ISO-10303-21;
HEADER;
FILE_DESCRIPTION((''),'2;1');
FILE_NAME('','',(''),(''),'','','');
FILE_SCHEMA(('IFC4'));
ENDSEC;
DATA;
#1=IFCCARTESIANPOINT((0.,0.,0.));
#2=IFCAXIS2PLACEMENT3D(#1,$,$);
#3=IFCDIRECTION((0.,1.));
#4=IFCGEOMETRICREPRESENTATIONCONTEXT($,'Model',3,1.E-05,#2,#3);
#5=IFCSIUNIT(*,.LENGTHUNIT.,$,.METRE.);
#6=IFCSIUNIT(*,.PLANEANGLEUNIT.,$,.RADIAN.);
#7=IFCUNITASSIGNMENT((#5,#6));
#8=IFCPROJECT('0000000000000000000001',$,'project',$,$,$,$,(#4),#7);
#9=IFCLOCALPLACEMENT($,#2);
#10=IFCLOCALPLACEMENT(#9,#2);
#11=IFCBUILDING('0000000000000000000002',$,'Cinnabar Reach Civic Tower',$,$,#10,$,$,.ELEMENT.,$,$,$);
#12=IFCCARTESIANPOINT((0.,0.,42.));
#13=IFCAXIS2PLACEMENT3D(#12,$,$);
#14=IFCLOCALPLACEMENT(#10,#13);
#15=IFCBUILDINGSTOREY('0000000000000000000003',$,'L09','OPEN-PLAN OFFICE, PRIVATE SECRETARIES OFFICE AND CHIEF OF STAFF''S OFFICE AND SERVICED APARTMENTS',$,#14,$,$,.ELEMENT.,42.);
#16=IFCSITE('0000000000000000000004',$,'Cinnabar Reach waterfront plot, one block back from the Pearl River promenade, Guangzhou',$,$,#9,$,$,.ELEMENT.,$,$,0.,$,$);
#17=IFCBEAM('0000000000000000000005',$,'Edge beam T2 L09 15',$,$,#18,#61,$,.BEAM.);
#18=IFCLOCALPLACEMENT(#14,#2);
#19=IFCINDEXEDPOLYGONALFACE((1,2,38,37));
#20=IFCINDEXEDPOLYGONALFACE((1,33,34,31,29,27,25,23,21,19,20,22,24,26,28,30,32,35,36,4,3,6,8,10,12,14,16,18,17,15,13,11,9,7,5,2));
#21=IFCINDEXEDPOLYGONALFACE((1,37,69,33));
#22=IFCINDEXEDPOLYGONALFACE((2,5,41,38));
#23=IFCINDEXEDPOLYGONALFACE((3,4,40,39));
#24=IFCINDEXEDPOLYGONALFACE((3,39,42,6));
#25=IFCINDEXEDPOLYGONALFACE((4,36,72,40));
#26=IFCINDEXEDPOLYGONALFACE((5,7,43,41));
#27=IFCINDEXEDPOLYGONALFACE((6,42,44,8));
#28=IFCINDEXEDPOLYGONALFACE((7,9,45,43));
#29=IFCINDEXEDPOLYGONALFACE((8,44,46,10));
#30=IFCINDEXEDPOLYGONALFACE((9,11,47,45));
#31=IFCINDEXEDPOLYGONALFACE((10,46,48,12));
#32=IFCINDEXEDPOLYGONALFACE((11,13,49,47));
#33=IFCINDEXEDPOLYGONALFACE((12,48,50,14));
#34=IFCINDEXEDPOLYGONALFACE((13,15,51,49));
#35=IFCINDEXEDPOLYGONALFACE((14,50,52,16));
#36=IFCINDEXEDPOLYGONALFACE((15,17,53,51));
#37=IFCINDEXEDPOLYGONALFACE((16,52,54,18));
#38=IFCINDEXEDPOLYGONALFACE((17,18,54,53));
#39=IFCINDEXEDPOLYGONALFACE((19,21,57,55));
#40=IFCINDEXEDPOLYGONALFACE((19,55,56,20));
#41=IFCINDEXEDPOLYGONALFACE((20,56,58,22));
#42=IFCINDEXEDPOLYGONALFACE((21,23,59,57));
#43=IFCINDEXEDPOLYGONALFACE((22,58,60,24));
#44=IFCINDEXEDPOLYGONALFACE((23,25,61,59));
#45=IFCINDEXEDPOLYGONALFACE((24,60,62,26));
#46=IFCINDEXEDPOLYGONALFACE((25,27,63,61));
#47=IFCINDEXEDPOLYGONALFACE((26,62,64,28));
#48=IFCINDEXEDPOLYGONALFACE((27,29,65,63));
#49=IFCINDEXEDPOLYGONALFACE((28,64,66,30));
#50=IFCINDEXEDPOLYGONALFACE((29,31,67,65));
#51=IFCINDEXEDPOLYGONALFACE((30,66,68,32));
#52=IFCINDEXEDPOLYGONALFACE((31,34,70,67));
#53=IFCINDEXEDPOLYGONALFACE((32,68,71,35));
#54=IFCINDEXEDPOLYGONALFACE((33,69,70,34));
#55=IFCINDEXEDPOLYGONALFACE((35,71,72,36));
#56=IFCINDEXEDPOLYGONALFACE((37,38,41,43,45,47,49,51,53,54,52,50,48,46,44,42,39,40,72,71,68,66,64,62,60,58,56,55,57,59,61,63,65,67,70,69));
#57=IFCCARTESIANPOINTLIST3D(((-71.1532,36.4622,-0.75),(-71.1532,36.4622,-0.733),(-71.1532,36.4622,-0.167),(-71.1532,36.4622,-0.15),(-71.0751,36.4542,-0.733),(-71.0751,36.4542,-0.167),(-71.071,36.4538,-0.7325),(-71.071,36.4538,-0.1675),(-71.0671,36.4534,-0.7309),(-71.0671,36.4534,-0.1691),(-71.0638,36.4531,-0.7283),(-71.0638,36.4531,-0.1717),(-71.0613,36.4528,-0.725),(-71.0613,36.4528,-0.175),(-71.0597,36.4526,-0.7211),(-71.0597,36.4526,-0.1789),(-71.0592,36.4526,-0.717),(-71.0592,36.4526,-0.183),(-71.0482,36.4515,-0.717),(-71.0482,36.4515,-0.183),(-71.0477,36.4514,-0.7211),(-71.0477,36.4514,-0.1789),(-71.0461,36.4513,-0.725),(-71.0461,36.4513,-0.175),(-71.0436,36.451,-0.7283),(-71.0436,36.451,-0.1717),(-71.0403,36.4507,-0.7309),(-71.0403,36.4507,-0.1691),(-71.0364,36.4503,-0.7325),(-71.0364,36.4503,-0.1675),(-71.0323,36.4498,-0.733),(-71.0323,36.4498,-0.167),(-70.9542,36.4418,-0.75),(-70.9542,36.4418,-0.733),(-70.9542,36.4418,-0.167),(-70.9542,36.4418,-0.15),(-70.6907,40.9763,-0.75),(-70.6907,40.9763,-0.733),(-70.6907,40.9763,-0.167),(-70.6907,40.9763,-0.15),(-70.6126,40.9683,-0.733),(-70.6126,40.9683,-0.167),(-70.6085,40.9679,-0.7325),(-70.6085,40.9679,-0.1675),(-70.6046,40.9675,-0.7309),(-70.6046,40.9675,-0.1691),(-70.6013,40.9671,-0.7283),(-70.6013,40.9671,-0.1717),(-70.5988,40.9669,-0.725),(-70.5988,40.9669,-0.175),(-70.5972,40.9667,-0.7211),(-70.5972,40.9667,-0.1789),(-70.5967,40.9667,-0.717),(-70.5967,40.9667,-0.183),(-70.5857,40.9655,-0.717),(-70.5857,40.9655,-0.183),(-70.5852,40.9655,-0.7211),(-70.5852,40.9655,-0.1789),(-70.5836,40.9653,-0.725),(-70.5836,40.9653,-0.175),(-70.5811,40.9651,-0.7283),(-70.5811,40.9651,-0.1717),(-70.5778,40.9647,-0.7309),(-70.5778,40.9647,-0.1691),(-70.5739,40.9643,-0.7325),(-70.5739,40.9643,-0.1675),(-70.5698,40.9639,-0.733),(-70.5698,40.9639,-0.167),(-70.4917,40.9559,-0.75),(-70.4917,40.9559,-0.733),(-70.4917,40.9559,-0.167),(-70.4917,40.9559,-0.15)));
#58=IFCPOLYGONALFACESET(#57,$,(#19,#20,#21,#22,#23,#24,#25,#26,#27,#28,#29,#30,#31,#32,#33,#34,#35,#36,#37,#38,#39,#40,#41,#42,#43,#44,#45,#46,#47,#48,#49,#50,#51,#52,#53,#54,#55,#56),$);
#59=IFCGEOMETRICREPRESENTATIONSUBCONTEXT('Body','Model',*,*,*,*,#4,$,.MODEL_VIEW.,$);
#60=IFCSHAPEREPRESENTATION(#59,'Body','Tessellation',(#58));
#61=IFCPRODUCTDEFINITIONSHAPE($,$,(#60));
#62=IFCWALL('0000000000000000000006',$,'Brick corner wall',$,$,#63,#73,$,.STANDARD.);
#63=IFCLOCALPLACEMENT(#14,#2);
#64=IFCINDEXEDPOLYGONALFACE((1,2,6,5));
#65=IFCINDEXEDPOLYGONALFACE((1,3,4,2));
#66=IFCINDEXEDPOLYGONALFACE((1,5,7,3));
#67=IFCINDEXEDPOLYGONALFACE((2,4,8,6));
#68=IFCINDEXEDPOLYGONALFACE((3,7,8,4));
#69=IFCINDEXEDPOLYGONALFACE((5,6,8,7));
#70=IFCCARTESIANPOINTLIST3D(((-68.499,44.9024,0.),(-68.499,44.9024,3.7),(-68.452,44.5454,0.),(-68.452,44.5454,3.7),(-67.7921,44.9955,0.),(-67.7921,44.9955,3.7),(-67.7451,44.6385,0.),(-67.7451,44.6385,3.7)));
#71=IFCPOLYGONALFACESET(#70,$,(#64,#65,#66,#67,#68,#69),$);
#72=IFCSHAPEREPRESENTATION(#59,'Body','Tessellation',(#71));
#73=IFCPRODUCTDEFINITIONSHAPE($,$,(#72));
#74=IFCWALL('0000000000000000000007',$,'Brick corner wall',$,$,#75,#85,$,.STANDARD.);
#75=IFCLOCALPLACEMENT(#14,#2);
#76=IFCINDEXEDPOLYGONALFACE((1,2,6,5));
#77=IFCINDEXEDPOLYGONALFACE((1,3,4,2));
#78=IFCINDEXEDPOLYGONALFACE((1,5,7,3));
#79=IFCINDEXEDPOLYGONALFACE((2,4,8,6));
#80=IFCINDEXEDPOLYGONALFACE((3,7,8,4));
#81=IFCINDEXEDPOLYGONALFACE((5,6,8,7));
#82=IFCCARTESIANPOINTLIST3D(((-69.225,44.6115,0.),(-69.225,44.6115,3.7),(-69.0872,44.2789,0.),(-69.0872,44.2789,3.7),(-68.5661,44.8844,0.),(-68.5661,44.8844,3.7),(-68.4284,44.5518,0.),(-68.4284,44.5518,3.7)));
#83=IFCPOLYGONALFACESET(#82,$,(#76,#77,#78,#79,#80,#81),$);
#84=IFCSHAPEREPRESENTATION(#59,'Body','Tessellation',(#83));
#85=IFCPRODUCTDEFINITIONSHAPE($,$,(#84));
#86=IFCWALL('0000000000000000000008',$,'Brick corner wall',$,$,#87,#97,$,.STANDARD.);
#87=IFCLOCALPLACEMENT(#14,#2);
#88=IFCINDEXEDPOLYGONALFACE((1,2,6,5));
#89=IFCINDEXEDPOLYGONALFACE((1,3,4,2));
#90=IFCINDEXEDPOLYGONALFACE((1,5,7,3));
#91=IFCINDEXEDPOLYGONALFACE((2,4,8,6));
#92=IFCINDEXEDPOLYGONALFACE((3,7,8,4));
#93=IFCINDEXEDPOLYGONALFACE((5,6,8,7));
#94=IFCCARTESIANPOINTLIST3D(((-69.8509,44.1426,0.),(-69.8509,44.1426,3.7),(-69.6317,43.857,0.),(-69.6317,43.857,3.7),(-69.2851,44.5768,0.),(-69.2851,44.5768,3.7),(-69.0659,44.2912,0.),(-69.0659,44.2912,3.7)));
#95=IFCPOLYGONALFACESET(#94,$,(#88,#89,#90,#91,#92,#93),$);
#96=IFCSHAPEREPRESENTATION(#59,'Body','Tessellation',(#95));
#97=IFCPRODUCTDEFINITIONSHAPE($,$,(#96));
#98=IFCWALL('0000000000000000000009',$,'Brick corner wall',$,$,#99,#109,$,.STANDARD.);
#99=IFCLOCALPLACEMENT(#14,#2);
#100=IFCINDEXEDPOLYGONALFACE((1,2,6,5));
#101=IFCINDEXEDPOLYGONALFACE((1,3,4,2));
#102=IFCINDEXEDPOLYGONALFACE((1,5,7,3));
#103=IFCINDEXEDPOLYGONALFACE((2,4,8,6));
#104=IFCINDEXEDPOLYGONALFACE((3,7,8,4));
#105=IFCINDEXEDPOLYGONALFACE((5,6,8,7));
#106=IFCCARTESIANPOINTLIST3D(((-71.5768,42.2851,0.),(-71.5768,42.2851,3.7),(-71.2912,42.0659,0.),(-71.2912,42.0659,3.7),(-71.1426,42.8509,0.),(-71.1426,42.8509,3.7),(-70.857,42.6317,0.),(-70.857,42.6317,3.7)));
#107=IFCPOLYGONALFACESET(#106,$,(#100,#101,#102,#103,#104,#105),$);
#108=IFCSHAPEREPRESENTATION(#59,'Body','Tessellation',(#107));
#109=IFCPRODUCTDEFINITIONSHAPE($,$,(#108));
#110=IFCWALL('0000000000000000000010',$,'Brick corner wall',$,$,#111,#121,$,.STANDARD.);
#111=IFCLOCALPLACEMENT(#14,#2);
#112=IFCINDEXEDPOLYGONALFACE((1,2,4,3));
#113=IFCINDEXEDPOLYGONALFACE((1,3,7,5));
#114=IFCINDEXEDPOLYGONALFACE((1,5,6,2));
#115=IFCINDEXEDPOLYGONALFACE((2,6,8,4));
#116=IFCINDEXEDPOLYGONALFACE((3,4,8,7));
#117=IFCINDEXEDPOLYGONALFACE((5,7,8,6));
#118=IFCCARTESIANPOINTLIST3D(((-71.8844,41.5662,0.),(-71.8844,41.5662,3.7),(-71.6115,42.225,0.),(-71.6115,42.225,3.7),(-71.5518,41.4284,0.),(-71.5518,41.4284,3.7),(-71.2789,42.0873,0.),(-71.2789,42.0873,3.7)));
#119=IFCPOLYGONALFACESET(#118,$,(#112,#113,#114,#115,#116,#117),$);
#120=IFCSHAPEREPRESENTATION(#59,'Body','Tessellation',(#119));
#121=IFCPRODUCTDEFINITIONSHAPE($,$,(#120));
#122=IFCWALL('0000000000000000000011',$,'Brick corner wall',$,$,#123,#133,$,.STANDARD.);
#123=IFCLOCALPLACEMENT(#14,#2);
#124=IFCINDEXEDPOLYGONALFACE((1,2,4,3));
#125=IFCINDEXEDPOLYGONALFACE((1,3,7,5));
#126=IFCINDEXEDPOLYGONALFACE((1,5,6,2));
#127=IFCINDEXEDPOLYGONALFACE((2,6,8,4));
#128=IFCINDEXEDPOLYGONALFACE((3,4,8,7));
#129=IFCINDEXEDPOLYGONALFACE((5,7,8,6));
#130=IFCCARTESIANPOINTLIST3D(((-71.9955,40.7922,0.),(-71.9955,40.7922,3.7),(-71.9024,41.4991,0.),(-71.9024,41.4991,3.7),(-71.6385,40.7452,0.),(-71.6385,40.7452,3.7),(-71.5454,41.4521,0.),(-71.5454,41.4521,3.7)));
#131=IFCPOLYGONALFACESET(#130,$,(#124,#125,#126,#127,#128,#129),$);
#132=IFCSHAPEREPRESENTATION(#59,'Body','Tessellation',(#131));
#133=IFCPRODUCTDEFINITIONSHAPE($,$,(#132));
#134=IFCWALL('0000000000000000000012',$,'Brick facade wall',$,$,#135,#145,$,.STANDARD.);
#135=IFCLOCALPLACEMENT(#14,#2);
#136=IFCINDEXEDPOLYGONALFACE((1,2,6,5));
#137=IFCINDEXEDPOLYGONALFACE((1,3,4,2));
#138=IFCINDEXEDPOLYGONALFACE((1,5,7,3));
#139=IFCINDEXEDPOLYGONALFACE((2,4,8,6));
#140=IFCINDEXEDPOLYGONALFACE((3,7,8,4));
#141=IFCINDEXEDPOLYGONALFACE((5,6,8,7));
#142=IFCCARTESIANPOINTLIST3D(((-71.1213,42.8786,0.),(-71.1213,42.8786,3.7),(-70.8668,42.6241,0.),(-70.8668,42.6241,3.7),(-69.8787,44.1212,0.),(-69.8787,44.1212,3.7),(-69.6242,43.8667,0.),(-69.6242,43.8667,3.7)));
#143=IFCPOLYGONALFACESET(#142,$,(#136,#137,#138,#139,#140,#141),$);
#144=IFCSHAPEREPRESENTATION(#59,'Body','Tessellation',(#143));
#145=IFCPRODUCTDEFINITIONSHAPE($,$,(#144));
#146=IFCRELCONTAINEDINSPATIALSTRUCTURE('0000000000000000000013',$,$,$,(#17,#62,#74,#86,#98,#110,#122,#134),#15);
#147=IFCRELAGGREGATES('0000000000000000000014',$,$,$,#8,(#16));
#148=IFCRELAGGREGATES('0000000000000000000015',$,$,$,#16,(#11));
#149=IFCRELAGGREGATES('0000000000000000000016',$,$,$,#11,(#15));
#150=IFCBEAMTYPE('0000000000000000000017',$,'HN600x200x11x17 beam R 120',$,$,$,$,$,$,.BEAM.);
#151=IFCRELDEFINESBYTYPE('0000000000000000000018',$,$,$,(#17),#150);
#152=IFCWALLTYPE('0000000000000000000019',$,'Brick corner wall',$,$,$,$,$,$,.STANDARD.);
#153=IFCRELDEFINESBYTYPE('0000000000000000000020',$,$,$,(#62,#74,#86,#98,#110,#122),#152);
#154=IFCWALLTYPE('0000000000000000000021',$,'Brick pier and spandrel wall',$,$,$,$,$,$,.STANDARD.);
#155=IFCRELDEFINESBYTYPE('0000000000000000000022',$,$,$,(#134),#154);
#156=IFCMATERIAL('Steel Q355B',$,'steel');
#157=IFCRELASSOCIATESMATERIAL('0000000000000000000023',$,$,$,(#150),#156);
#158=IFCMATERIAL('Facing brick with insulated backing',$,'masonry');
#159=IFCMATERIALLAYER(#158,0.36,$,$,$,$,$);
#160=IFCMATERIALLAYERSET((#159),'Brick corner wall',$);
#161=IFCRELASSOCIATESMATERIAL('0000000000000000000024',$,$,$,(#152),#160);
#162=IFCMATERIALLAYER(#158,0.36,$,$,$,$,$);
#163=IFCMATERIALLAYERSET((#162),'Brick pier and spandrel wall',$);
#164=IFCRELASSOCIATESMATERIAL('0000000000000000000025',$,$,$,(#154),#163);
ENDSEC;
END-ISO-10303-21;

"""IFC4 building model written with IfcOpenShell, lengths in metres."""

from ifc_helpers import new_model, si_unit, direction, frame, frame_2d, origin, origin_2d, place, context, subcontext, project, spatial, rectangle, i_section, extrude, material, layer, layer_set, material_profile, profile_set, type_object, element, save


model = new_model("IFC4")

# Units and contexts
model_context = context("Model", 3, precision=1e-05, world=origin(), true_north=direction((0.0, 1.0)))
body_context = subcontext(model_context, "Body", "Model", "MODEL_VIEW")
ifc_project = project(units=[si_unit("LENGTHUNIT", "METRE"), si_unit("PLANEANGLEUNIT", "RADIAN")], contexts=[model_context])

# Site, building, storey
site_placement = place(None, origin())
site = spatial("IfcSite", under=ifc_project, at=site_placement, Name="Cinnabar Reach waterfront plot, one block back from the Pearl River promenade, Guangzhou", CompositionType="ELEMENT", RefElevation=0.0)
building_placement = place(site_placement, origin())
building = spatial("IfcBuilding", under=site, at=building_placement, Name="Cinnabar Reach Civic Tower", CompositionType="ELEMENT")
storey_placement = place(building_placement, frame((0.0, 0.0, 42.0)))
storey = spatial("IfcBuildingStorey", under=building, at=storey_placement, Name="L09", Description="OPEN-PLAN OFFICE, PRIVATE SECRETARIES OFFICE AND CHIEF OF STAFF'S OFFICE AND SERVICED APARTMENTS", CompositionType="ELEMENT", Elevation=42.0)

# Beam
ifc_material_1 = material(Name="Steel Q355B", Category="steel")
ifc_material_profile_1 = material_profile(ifc_material_1, i_section(OverallWidth=0.2, OverallDepth=0.6, WebThickness=0.011, FlangeThickness=0.017, FilletRadius=0.016, at=origin_2d()), Name="HN600x200x11x17")
ifc_profile_set_1 = profile_set([ifc_material_profile_1], Name="Steel Q355B")
beam_type_1 = type_object("IfcBeamType", Name="HN600x200x11x17 beam R 120", PredefinedType="BEAM", material=ifc_profile_set_1)
beam_1_placement = place(storey_placement, frame((-70.5912, 40.9661, -0.45), z_axis=(-0.101923, -0.994792, 0.0), x_axis=(0.994792, -0.101923, 0.0)))
element("IfcBeam", 1, at=beam_1_placement, inside=storey, type_object=beam_type_1, Name="Edge beam T2 L09 15", PredefinedType="BEAM", context=body_context, shape_type="SweptSolid", body=[
    extrude(i_section(OverallWidth=0.2, OverallDepth=0.6, WebThickness=0.011, FlangeThickness=0.017, FilletRadius=0.016, at=origin_2d()), origin(), (0.0, 0.0, 1.0), 4.5377),
])

# Walls
ifc_material_2 = material(Name="Facing brick with insulated backing", Category="masonry")
ifc_layer_1 = layer(ifc_material_2, 0.36)
ifc_layer_set_1 = layer_set([ifc_layer_1], Name="Brick corner wall")
wall_type_1 = type_object("IfcWallType", Name="Brick corner wall", PredefinedType="STANDARD", material=ifc_layer_set_1)
for number, where, z_axis, x_axis, name in (
    (2, (-67.7686, 44.817, 0.0), (0.0, 0.0, 1.0), (-0.991441, -0.130556, 0.0), "Brick corner wall"),
    (3, (-68.4973, 44.7181, 0.0), (0.0, 0.0, 1.0), (-0.923872, -0.382703, 0.0), "Brick corner wall"),
):
    element("IfcWall", number, at=place(storey_placement, frame(where, z_axis=z_axis, x_axis=x_axis)), inside=storey, type_object=wall_type_1, Name=name, PredefinedType="STANDARD", context=body_context, shape_type="SweptSolid", body=[
        extrude(rectangle(XDim=0.7131, YDim=0.36, at=frame_2d((0.3565, 0.0))), origin(), (0.0, 0.0, 1.0), 3.7),
    ])
for number, where, z_axis, x_axis, name in (
    (4, (-69.1755, 44.434, 0.0), (0.0, 0.0, 1.0), (-0.793322, -0.608802, 0.0), "Brick corner wall"),
    (5, (-70.9998, 42.7413, 0.0), (0.0, 0.0, 1.0), (-0.608802, -0.793322, 0.0), "Brick corner wall"),
):
    element("IfcWall", number, at=place(storey_placement, frame(where, z_axis=z_axis, x_axis=x_axis)), inside=storey, type_object=wall_type_1, Name=name, PredefinedType="STANDARD", context=body_context, shape_type="SweptSolid", body=[
        extrude(rectangle(XDim=0.7132, YDim=0.36, at=frame_2d((0.3566, 0.0))), origin(), (0.0, 0.0, 1.0), 3.7),
    ])
for number, where, z_axis, x_axis, name in (
    (6, (-71.4452, 42.1561, 0.0), (0.0, 0.0, 1.0), (-0.382703, -0.923872, 0.0), "Brick corner wall"),
    (7, (-71.7239, 41.4756, 0.0), (0.0, 0.0, 1.0), (-0.130556, -0.991441, 0.0), "Brick corner wall"),
):
    element("IfcWall", number, at=place(storey_placement, frame(where, z_axis=z_axis, x_axis=x_axis)), inside=storey, type_object=wall_type_1, Name=name, PredefinedType="STANDARD", context=body_context, shape_type="SweptSolid", body=[
        extrude(rectangle(XDim=0.7131, YDim=0.36, at=frame_2d((0.3565, 0.0))), origin(), (0.0, 0.0, 1.0), 3.7),
    ])
ifc_layer_2 = layer(ifc_material_2, 0.36)
ifc_layer_set_2 = layer_set([ifc_layer_2], Name="Brick pier and spandrel wall")
wall_type_2 = type_object("IfcWallType", Name="Brick pier and spandrel wall", PredefinedType="STANDARD", material=ifc_layer_set_2)
wall_1_placement = place(storey_placement, frame((-69.7514, 43.994, 0.0), z_axis=(0.0, 0.0, 1.0), x_axis=(-0.707107, -0.707107, 0.0)))
element("IfcWall", 8, at=wall_1_placement, inside=storey, type_object=wall_type_2, Name="Brick facade wall", PredefinedType="STANDARD", context=body_context, shape_type="SweptSolid", body=[
    extrude(rectangle(XDim=1.7573, YDim=0.36, at=frame_2d((0.8787, 0.0))), origin(), (0.0, 0.0, 1.0), 3.7),
])

save(model, "model.ifc")
